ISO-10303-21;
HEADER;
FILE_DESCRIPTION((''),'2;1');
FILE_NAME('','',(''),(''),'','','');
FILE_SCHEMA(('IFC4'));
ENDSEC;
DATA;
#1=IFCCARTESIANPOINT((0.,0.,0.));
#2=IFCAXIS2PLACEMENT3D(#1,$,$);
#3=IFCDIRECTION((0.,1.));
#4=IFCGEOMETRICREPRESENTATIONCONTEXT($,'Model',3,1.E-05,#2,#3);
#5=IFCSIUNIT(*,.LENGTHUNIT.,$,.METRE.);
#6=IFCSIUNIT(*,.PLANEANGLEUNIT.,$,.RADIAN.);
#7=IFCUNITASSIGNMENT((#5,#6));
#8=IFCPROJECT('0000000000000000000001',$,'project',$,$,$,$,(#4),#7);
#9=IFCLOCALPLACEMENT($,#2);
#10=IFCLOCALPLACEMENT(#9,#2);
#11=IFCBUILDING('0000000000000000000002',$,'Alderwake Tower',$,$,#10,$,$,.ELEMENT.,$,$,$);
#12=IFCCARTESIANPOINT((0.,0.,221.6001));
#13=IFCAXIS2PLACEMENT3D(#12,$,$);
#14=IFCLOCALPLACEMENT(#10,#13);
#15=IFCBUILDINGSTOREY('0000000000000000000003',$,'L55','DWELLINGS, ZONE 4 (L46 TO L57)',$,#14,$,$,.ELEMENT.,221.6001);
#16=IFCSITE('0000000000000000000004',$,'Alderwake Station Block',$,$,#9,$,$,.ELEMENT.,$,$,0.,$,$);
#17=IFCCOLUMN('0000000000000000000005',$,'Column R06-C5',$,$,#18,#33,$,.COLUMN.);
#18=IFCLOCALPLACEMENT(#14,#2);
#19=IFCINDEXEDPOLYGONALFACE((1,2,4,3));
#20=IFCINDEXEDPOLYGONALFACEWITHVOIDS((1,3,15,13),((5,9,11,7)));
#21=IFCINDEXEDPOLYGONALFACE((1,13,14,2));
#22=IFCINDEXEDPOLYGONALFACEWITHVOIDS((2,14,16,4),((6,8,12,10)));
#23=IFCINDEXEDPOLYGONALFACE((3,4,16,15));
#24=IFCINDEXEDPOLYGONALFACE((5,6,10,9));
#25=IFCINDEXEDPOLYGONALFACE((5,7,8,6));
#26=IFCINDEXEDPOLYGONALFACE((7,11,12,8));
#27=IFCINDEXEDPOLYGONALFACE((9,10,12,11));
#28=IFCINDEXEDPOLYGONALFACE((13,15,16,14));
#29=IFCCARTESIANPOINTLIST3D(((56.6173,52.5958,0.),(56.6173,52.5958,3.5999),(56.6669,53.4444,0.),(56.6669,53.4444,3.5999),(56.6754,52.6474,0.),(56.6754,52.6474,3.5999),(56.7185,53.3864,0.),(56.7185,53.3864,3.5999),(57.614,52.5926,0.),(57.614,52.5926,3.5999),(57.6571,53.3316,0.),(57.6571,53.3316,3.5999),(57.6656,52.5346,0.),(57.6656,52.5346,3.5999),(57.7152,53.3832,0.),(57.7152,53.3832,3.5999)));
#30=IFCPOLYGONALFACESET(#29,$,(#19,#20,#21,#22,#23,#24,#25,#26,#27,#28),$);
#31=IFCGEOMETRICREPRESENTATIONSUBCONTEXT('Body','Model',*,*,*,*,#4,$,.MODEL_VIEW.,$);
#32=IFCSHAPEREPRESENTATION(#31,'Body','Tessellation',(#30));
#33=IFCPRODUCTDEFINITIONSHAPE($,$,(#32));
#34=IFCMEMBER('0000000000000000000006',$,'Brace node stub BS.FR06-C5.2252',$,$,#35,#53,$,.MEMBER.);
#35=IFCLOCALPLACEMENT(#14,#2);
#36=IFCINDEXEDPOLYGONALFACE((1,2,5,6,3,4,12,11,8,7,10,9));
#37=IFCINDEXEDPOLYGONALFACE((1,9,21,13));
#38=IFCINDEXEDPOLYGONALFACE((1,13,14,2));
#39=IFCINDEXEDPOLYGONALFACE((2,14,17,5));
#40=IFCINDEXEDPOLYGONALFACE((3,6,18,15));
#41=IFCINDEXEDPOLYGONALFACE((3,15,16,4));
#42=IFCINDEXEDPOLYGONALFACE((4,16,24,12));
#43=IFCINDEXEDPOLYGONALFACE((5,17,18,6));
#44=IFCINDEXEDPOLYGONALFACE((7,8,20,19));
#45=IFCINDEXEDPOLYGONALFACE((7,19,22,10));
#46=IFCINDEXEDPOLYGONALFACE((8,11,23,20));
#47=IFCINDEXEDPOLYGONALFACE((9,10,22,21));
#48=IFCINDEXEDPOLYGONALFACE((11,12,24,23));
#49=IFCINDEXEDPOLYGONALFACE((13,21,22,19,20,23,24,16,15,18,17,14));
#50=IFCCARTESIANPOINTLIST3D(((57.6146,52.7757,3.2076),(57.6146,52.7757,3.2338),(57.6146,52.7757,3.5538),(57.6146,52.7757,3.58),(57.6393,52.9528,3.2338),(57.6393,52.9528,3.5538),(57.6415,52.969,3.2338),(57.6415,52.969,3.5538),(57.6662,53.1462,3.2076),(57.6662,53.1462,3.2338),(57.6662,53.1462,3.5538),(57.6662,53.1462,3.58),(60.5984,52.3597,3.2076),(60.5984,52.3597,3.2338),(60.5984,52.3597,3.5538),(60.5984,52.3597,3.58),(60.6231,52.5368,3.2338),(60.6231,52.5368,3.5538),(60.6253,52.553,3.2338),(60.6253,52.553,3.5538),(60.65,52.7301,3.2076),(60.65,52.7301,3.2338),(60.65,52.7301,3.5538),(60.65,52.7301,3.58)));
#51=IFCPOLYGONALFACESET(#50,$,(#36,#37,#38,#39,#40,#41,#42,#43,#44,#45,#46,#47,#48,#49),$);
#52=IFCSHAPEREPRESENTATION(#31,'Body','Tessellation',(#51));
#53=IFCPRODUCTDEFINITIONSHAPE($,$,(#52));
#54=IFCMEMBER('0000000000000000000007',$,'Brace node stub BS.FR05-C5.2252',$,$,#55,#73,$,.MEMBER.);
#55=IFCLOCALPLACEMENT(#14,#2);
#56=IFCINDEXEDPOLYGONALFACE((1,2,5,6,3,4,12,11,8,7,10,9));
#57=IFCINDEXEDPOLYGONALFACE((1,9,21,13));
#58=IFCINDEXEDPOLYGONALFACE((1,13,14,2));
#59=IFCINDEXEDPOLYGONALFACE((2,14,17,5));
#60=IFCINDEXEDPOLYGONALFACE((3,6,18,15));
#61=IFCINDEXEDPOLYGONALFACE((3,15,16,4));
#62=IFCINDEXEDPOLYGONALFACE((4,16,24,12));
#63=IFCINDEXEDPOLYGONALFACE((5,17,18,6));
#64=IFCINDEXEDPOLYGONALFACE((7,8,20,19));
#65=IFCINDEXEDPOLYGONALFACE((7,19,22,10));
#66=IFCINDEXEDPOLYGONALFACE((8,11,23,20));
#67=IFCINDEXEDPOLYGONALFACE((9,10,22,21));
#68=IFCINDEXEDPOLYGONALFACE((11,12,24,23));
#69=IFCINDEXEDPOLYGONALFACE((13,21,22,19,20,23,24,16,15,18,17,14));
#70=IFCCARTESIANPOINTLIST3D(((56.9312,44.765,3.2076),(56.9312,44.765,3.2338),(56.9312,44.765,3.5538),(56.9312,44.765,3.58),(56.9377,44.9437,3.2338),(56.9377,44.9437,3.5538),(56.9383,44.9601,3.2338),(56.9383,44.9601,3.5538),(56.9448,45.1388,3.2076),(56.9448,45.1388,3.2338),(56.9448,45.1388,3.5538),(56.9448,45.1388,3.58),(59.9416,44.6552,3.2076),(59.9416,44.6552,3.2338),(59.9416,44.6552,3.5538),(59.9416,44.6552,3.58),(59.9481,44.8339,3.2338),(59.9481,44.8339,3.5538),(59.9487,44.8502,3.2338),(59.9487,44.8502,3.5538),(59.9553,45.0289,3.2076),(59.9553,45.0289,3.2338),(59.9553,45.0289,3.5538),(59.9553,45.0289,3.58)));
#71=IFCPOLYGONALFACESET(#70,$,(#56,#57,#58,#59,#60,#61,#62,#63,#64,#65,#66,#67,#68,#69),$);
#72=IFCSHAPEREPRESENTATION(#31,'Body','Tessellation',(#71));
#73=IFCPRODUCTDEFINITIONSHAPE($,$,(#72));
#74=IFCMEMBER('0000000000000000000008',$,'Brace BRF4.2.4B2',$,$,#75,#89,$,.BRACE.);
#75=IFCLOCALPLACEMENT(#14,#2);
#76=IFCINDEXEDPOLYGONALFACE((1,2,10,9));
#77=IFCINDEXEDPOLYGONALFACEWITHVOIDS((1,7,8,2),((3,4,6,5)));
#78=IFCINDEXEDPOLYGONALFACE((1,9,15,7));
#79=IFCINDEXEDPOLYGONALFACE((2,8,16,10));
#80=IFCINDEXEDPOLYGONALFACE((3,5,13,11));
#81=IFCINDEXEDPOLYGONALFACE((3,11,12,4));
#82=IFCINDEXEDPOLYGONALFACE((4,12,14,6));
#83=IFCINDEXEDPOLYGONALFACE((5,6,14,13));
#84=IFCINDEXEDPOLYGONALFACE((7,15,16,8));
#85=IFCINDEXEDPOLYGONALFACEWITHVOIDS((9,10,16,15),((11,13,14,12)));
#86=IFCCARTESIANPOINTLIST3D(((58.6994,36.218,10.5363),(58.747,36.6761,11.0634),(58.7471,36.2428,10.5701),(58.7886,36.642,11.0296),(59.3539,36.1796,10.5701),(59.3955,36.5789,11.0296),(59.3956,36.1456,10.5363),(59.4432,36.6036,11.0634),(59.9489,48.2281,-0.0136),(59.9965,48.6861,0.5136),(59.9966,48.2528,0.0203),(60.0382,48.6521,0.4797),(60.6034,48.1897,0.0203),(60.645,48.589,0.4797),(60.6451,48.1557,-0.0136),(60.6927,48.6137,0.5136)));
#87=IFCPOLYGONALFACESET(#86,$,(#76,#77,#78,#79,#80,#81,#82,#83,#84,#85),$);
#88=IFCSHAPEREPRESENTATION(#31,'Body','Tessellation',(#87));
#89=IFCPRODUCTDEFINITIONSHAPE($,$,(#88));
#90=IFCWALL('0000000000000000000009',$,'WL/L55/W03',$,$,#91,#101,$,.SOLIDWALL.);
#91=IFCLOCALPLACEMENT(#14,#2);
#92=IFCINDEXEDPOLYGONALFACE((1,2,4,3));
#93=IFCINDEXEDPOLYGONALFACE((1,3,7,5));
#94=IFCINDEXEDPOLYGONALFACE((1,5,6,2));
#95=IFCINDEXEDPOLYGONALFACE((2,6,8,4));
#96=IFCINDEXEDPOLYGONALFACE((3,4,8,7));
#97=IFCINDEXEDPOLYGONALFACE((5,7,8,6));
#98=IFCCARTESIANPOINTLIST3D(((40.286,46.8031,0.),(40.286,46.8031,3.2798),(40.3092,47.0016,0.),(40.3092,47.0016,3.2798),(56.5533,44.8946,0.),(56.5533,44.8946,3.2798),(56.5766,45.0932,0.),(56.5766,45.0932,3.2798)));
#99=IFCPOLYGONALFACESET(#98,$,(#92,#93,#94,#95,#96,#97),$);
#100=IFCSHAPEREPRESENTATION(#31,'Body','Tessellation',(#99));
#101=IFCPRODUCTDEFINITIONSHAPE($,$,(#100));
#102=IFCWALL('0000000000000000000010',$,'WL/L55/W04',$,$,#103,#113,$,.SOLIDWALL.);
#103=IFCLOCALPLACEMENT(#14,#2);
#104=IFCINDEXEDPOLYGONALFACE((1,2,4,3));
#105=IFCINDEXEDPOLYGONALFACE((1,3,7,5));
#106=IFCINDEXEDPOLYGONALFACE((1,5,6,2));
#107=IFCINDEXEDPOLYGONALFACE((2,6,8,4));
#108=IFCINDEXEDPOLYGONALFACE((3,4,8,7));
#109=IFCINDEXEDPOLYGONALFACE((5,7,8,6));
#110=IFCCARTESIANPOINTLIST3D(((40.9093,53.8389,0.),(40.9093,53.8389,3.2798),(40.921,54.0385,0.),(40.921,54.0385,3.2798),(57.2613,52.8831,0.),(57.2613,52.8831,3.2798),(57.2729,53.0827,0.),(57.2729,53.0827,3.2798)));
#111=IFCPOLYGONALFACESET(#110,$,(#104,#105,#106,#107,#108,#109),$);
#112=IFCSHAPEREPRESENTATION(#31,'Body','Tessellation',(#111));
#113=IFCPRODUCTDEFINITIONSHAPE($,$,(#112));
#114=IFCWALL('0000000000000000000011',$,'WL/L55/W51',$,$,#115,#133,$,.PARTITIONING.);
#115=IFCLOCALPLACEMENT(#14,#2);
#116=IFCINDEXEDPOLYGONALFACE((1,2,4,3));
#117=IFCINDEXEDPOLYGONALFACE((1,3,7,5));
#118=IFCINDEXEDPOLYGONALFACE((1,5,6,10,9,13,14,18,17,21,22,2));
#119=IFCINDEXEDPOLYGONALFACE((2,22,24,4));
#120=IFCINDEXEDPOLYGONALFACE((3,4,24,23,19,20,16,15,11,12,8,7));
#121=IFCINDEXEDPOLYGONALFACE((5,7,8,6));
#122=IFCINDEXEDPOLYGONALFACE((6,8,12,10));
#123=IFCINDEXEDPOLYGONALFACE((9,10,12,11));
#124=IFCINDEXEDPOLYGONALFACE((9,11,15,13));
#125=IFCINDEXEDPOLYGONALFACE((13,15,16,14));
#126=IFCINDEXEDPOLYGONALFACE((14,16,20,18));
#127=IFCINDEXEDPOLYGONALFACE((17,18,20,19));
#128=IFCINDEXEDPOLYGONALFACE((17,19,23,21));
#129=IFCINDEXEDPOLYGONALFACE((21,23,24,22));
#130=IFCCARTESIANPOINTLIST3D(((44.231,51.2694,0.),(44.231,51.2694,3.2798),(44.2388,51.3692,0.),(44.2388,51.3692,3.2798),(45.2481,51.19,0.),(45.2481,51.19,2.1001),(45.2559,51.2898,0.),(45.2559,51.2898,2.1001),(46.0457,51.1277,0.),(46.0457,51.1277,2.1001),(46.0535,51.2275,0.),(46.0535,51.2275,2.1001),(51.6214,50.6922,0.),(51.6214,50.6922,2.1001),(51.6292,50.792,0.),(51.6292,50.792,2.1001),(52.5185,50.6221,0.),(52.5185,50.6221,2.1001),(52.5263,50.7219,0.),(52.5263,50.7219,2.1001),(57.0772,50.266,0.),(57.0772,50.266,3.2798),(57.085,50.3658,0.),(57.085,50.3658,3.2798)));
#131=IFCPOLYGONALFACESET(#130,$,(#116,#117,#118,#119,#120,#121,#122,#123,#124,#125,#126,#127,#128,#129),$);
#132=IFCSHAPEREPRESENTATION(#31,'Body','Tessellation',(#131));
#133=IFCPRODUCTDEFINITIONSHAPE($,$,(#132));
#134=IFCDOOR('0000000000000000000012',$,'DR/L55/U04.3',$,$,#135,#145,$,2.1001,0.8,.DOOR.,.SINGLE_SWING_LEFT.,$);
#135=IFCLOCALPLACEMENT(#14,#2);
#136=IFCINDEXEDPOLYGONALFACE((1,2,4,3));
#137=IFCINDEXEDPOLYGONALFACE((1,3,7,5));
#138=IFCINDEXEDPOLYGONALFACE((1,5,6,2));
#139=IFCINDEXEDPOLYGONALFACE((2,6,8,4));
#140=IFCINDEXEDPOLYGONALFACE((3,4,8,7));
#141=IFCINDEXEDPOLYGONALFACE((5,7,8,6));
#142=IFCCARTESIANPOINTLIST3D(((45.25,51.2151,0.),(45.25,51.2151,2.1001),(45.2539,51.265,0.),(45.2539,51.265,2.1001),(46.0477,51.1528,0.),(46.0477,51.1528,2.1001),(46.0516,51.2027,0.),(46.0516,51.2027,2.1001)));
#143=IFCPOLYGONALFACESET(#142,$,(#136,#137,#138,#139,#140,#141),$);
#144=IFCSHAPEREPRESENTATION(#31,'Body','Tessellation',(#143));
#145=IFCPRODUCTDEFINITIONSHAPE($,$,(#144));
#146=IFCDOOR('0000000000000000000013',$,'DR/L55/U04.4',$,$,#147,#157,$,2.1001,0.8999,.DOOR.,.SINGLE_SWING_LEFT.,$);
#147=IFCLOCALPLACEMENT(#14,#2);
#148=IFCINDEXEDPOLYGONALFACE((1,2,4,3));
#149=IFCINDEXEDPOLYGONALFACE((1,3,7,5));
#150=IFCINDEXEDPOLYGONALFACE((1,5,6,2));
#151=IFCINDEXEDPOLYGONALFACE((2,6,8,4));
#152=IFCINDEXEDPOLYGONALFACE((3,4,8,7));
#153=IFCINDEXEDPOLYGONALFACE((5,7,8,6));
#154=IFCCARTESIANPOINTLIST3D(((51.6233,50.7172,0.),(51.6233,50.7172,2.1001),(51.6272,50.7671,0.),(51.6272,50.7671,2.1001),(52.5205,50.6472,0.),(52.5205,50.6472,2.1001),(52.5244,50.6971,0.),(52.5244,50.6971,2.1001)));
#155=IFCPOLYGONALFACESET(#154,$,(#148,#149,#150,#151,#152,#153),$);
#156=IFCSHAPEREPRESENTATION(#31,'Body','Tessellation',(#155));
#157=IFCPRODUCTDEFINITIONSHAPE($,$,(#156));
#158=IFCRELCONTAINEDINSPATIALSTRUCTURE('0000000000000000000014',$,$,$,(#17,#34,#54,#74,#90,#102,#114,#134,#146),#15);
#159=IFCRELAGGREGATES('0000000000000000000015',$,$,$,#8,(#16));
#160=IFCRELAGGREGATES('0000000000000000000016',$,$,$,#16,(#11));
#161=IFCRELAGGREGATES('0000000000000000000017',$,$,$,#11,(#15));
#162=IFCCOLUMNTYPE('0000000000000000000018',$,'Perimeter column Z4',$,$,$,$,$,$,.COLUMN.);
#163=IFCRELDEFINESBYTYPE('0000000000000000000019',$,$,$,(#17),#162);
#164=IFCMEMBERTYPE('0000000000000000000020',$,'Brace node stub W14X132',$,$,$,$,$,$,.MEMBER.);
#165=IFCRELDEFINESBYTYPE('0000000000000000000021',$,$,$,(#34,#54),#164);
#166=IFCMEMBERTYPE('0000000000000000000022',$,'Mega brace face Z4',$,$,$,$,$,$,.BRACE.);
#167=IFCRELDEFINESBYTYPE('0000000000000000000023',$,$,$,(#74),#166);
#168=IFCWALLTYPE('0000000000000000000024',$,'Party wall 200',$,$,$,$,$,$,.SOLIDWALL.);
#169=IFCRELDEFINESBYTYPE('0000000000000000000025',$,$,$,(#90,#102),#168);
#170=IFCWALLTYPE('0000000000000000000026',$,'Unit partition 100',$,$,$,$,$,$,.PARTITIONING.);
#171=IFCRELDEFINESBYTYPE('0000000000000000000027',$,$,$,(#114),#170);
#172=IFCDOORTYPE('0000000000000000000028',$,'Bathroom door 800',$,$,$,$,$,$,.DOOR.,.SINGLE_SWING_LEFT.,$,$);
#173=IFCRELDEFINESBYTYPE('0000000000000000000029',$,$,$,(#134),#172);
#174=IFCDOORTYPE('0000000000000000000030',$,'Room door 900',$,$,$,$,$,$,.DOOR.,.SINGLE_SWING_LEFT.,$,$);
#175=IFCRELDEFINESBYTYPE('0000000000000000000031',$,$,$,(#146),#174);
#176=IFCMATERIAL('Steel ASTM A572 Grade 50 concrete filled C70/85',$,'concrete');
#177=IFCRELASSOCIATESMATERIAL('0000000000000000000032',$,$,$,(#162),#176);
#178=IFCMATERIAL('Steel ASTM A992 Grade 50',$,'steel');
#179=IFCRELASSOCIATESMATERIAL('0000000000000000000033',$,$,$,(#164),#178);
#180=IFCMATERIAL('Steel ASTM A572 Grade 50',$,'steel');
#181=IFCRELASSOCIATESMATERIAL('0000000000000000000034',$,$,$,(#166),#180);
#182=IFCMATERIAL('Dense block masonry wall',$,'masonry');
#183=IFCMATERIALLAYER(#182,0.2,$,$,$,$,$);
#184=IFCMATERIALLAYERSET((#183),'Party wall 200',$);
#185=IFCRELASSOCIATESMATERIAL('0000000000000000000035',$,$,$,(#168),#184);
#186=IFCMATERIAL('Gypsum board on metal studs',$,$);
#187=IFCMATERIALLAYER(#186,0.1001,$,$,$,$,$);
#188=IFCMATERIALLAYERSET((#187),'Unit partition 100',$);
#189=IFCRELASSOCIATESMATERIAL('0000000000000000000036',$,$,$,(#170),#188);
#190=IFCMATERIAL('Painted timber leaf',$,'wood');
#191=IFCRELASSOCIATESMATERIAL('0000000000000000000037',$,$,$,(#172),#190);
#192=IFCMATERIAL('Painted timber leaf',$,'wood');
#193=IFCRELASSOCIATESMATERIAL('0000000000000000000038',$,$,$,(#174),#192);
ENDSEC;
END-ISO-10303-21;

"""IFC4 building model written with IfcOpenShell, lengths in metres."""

from ifc_helpers import new_model, si_unit, direction, frame, frame_2d, origin, origin_2d, place, context, subcontext, project, spatial, rectangle, hollow_rectangle, i_section, extrude, material, layer, layer_set, material_profile, profile_set, type_object, element, fill, save


model = new_model("IFC4")

# Units and contexts
model_context = context("Model", 3, precision=1e-05, world=origin(), true_north=direction((0.0, 1.0)))
body_context = subcontext(model_context, "Body", "Model", "MODEL_VIEW")
ifc_project = project(units=[si_unit("LENGTHUNIT", "METRE"), si_unit("PLANEANGLEUNIT", "RADIAN")], contexts=[model_context])

# Site, building, storey
site_placement = place(None, origin())
site = spatial("IfcSite", under=ifc_project, at=site_placement, Name="Alderwake Station Block", CompositionType="ELEMENT", RefElevation=0.0)
building_placement = place(site_placement, origin())
building = spatial("IfcBuilding", under=site, at=building_placement, Name="Alderwake Tower", CompositionType="ELEMENT")
storey_placement = place(building_placement, frame((0.0, 0.0, 221.6001)))
storey = spatial("IfcBuildingStorey", under=building, at=storey_placement, Name="L55", Description="DWELLINGS, ZONE 4 (L46 TO L57)", CompositionType="ELEMENT", Elevation=221.6001)

# Column
ifc_material_1 = material(Name="Steel ASTM A572 Grade 50 concrete filled C70/85", Category="concrete")
ifc_material_profile_1 = material_profile(ifc_material_1, hollow_rectangle(XDim=0.8501, YDim=1.05, WallThickness=0.0549, at=origin_2d()), Name="BOX 1050X850X55")
ifc_profile_set_1 = profile_set([ifc_material_profile_1], Name="Steel ASTM A572 Grade 50 concrete filled C70/85")
column_type = type_object("IfcColumnType", Name="Perimeter column Z4", PredefinedType="COLUMN", material=ifc_profile_set_1)
column_placement = place(storey_placement, frame((57.1663, 52.9895, 0.0), z_axis=(0.0, 0.0, 1.0), x_axis=(0.058301, 0.998299, 0.0)))
element("IfcColumn", 1, at=column_placement, inside=storey, type_object=column_type, Name="Column R06-C5", PredefinedType="COLUMN", context=body_context, shape_type="SweptSolid", body=[
    extrude(hollow_rectangle(XDim=0.8501, YDim=1.05, WallThickness=0.0549, at=origin_2d()), origin(), (0.0, 0.0, 1.0), 3.5999),
])

# Members
ifc_material_2 = material(Name="Steel ASTM A992 Grade 50", Category="steel")
ifc_material_profile_2 = material_profile(ifc_material_2, i_section(OverallWidth=0.374, OverallDepth=0.3723, WebThickness=0.0164, FlangeThickness=0.0261, at=origin_2d()), Name="W14X132")
ifc_profile_set_2 = profile_set([ifc_material_profile_2], Name="Steel ASTM A992 Grade 50")
member_type_1 = type_object("IfcMemberType", Name="Brace node stub W14X132", PredefinedType="MEMBER", material=ifc_profile_set_2)
member_1_placement = place(storey_placement, frame((57.6404, 52.9609, 3.3938), z_axis=(0.99042, -0.138085, 0.0), x_axis=(0.138085, 0.99042, 0.0)))
element("IfcMember", 2, at=member_1_placement, inside=storey, type_object=member_type_1, Name="Brace node stub BS.FR06-C5.2252", PredefinedType="MEMBER", context=body_context, shape_type="SweptSolid", body=[
    extrude(i_section(OverallWidth=0.374, OverallDepth=0.3723, WebThickness=0.0164, FlangeThickness=0.0261, at=origin_2d()), origin(), (0.0, 0.0, 1.0), 3.0127),
])
member_2_placement = place(storey_placement, frame((56.938, 44.9519, 3.3938), z_axis=(0.999335, -0.036469, 0.0), x_axis=(0.036469, 0.999335, 0.0)))
element("IfcMember", 3, at=member_2_placement, inside=storey, type_object=member_type_1, Name="Brace node stub BS.FR05-C5.2252", PredefinedType="MEMBER", context=body_context, shape_type="SweptSolid", body=[
    extrude(i_section(OverallWidth=0.374, OverallDepth=0.3723, WebThickness=0.0164, FlangeThickness=0.0261, at=origin_2d()), origin(), (0.0, 0.0, 1.0), 3.0125),
])
ifc_material_3 = material(Name="Steel ASTM A572 Grade 50", Category="steel")
ifc_material_profile_3 = material_profile(ifc_material_3, hollow_rectangle(XDim=0.7, YDim=0.7, WallThickness=0.0449, at=origin_2d()), Name="BOX 700X700X45")
ifc_profile_set_3 = profile_set([ifc_material_profile_3], Name="Steel ASTM A572 Grade 50")
member_type_2 = type_object("IfcMemberType", Name="Mega brace face Z4", PredefinedType="BRACE", material=ifc_profile_set_3)
member_3_placement = place(storey_placement, frame((60.3208, 48.4209, 0.25), z_axis=(-0.077927, -0.749018, 0.657951), x_axis=(0.994631, -0.103481, 0.0)))
element("IfcMember", 4, at=member_3_placement, inside=storey, type_object=member_type_2, Name="Brace BRF4.2.4B2", PredefinedType="BRACE", context=body_context, shape_type="SweptSolid", body=[
    extrude(hollow_rectangle(XDim=0.7, YDim=0.7, WallThickness=0.0449, at=origin_2d()), origin(), (0.0, 0.0, 1.0), 16.0344),
])

# Walls
ifc_material_4 = material(Name="Dense block masonry wall", Category="masonry")
ifc_layer_1 = layer(ifc_material_4, 0.2)
ifc_layer_set_1 = layer_set([ifc_layer_1], Name="Party wall 200")
wall_type_1 = type_object("IfcWallType", Name="Party wall 200", PredefinedType="SOLIDWALL", material=ifc_layer_set_1)
wall_1_placement = place(storey_placement, frame((56.5649, 44.9939, 0.0), z_axis=(0.0, 0.0, 1.0), x_axis=(-0.993189, 0.116519, 0.0)))
element("IfcWall", 5, at=wall_1_placement, inside=storey, type_object=wall_type_1, Name="WL/L55/W03", PredefinedType="SOLIDWALL", context=body_context, shape_type="SweptSolid", body=[
    extrude(rectangle(XDim=16.3789, YDim=0.2, at=frame_2d((8.1895, 0.0))), origin(), (0.0, 0.0, 1.0), 3.2798),
])
wall_2_placement = place(storey_placement, frame((57.2671, 52.9829, 0.0), z_axis=(0.0, 0.0, 1.0), x_axis=(-0.998296, 0.058352, 0.0)))
element("IfcWall", 6, at=wall_2_placement, inside=storey, type_object=wall_type_1, Name="WL/L55/W04", PredefinedType="SOLIDWALL", context=body_context, shape_type="SweptSolid", body=[
    extrude(rectangle(XDim=16.3799, YDim=0.2, at=frame_2d((8.1899, 0.0))), origin(), (0.0, 0.0, 1.0), 3.2798),
])

# Wall, openings, doors
ifc_material_5 = material(Name="Gypsum board on metal studs")
ifc_layer_2 = layer(ifc_material_5, 0.1001)
ifc_layer_set_2 = layer_set([ifc_layer_2], Name="Unit partition 100")
wall_type_2 = type_object("IfcWallType", Name="Unit partition 100", PredefinedType="PARTITIONING", material=ifc_layer_set_2)
wall_3_placement = place(storey_placement, frame((57.0811, 50.3159, 0.0), z_axis=(0.0, 0.0, 1.0), x_axis=(-0.996963, 0.077873, 0.0)))
wall_3 = element("IfcWall", 7, at=wall_3_placement, inside=storey, type_object=wall_type_2, Name="WL/L55/W51", PredefinedType="PARTITIONING", context=body_context, shape_type="SweptSolid", body=[
    extrude(rectangle(XDim=12.8853, YDim=0.1001, at=frame_2d((6.4426, 0.0))), origin(), (0.0, 0.0, 1.0), 3.2798),
])
opening_1_placement = place(wall_3_placement, frame((11.0652, 0.0, 0.0)))
opening_1 = element("IfcOpeningElement", 8, at=opening_1_placement, cuts=wall_3, PredefinedType="OPENING", context=body_context, shape_type="SweptSolid", body=[
    extrude(rectangle(XDim=0.8, YDim=2.1001, at=frame_2d((0.3999, 1.05))), frame((0.0, 0.0601, 0.0), z_axis=(0.0, -1.0, 0.0), x_axis=(1.0, 0.0, 0.0)), (0.0, 0.0, 1.0), 0.1201),
])
opening_2_placement = place(wall_3_placement, frame((4.5725, 0.0, 0.0)))
opening_2 = element("IfcOpeningElement", 9, at=opening_2_placement, cuts=wall_3, PredefinedType="OPENING", context=body_context, shape_type="SweptSolid", body=[
    extrude(rectangle(XDim=0.8999, YDim=2.1001, at=frame_2d((0.45, 1.05))), frame((0.0, 0.0601, 0.0), z_axis=(0.0, -1.0, 0.0), x_axis=(1.0, 0.0, 0.0)), (0.0, 0.0, 1.0), 0.1201),
])
ifc_material_6 = material(Name="Painted timber leaf", Category="wood")
door_type_1 = type_object("IfcDoorType", Name="Bathroom door 800", OperationType="SINGLE_SWING_LEFT", PredefinedType="DOOR", material=ifc_material_6)
door_1_placement = place(opening_1_placement, origin())
door_1 = element("IfcDoor", 10, at=door_1_placement, inside=storey, type_object=door_type_1, Name="DR/L55/U04.3", OperationType="SINGLE_SWING_LEFT", OverallHeight=2.1001, OverallWidth=0.8, PredefinedType="DOOR", context=body_context, shape_type="SweptSolid", body=[
    extrude(rectangle(XDim=0.8, YDim=2.1001, at=frame_2d((0.3999, 1.05))), frame((0.0, 0.0249, 0.0), z_axis=(0.0, -1.0, 0.0), x_axis=(1.0, 0.0, 0.0)), (0.0, 0.0, 1.0), 0.05),
])
fill(opening_1, door_1)
ifc_material_7 = material(Name="Painted timber leaf", Category="wood")
door_type_2 = type_object("IfcDoorType", Name="Room door 900", OperationType="SINGLE_SWING_LEFT", PredefinedType="DOOR", material=ifc_material_7)
door_2_placement = place(opening_2_placement, origin())
door_2 = element("IfcDoor", 11, at=door_2_placement, inside=storey, type_object=door_type_2, Name="DR/L55/U04.4", OperationType="SINGLE_SWING_LEFT", OverallHeight=2.1001, OverallWidth=0.8999, PredefinedType="DOOR", context=body_context, shape_type="SweptSolid", body=[
    extrude(rectangle(XDim=0.8999, YDim=2.1001, at=frame_2d((0.45, 1.05))), frame((0.0, 0.0249, 0.0), z_axis=(0.0, -1.0, 0.0), x_axis=(1.0, 0.0, 0.0)), (0.0, 0.0, 1.0), 0.05),
])
fill(opening_2, door_2)

save(model, "model.ifc")
